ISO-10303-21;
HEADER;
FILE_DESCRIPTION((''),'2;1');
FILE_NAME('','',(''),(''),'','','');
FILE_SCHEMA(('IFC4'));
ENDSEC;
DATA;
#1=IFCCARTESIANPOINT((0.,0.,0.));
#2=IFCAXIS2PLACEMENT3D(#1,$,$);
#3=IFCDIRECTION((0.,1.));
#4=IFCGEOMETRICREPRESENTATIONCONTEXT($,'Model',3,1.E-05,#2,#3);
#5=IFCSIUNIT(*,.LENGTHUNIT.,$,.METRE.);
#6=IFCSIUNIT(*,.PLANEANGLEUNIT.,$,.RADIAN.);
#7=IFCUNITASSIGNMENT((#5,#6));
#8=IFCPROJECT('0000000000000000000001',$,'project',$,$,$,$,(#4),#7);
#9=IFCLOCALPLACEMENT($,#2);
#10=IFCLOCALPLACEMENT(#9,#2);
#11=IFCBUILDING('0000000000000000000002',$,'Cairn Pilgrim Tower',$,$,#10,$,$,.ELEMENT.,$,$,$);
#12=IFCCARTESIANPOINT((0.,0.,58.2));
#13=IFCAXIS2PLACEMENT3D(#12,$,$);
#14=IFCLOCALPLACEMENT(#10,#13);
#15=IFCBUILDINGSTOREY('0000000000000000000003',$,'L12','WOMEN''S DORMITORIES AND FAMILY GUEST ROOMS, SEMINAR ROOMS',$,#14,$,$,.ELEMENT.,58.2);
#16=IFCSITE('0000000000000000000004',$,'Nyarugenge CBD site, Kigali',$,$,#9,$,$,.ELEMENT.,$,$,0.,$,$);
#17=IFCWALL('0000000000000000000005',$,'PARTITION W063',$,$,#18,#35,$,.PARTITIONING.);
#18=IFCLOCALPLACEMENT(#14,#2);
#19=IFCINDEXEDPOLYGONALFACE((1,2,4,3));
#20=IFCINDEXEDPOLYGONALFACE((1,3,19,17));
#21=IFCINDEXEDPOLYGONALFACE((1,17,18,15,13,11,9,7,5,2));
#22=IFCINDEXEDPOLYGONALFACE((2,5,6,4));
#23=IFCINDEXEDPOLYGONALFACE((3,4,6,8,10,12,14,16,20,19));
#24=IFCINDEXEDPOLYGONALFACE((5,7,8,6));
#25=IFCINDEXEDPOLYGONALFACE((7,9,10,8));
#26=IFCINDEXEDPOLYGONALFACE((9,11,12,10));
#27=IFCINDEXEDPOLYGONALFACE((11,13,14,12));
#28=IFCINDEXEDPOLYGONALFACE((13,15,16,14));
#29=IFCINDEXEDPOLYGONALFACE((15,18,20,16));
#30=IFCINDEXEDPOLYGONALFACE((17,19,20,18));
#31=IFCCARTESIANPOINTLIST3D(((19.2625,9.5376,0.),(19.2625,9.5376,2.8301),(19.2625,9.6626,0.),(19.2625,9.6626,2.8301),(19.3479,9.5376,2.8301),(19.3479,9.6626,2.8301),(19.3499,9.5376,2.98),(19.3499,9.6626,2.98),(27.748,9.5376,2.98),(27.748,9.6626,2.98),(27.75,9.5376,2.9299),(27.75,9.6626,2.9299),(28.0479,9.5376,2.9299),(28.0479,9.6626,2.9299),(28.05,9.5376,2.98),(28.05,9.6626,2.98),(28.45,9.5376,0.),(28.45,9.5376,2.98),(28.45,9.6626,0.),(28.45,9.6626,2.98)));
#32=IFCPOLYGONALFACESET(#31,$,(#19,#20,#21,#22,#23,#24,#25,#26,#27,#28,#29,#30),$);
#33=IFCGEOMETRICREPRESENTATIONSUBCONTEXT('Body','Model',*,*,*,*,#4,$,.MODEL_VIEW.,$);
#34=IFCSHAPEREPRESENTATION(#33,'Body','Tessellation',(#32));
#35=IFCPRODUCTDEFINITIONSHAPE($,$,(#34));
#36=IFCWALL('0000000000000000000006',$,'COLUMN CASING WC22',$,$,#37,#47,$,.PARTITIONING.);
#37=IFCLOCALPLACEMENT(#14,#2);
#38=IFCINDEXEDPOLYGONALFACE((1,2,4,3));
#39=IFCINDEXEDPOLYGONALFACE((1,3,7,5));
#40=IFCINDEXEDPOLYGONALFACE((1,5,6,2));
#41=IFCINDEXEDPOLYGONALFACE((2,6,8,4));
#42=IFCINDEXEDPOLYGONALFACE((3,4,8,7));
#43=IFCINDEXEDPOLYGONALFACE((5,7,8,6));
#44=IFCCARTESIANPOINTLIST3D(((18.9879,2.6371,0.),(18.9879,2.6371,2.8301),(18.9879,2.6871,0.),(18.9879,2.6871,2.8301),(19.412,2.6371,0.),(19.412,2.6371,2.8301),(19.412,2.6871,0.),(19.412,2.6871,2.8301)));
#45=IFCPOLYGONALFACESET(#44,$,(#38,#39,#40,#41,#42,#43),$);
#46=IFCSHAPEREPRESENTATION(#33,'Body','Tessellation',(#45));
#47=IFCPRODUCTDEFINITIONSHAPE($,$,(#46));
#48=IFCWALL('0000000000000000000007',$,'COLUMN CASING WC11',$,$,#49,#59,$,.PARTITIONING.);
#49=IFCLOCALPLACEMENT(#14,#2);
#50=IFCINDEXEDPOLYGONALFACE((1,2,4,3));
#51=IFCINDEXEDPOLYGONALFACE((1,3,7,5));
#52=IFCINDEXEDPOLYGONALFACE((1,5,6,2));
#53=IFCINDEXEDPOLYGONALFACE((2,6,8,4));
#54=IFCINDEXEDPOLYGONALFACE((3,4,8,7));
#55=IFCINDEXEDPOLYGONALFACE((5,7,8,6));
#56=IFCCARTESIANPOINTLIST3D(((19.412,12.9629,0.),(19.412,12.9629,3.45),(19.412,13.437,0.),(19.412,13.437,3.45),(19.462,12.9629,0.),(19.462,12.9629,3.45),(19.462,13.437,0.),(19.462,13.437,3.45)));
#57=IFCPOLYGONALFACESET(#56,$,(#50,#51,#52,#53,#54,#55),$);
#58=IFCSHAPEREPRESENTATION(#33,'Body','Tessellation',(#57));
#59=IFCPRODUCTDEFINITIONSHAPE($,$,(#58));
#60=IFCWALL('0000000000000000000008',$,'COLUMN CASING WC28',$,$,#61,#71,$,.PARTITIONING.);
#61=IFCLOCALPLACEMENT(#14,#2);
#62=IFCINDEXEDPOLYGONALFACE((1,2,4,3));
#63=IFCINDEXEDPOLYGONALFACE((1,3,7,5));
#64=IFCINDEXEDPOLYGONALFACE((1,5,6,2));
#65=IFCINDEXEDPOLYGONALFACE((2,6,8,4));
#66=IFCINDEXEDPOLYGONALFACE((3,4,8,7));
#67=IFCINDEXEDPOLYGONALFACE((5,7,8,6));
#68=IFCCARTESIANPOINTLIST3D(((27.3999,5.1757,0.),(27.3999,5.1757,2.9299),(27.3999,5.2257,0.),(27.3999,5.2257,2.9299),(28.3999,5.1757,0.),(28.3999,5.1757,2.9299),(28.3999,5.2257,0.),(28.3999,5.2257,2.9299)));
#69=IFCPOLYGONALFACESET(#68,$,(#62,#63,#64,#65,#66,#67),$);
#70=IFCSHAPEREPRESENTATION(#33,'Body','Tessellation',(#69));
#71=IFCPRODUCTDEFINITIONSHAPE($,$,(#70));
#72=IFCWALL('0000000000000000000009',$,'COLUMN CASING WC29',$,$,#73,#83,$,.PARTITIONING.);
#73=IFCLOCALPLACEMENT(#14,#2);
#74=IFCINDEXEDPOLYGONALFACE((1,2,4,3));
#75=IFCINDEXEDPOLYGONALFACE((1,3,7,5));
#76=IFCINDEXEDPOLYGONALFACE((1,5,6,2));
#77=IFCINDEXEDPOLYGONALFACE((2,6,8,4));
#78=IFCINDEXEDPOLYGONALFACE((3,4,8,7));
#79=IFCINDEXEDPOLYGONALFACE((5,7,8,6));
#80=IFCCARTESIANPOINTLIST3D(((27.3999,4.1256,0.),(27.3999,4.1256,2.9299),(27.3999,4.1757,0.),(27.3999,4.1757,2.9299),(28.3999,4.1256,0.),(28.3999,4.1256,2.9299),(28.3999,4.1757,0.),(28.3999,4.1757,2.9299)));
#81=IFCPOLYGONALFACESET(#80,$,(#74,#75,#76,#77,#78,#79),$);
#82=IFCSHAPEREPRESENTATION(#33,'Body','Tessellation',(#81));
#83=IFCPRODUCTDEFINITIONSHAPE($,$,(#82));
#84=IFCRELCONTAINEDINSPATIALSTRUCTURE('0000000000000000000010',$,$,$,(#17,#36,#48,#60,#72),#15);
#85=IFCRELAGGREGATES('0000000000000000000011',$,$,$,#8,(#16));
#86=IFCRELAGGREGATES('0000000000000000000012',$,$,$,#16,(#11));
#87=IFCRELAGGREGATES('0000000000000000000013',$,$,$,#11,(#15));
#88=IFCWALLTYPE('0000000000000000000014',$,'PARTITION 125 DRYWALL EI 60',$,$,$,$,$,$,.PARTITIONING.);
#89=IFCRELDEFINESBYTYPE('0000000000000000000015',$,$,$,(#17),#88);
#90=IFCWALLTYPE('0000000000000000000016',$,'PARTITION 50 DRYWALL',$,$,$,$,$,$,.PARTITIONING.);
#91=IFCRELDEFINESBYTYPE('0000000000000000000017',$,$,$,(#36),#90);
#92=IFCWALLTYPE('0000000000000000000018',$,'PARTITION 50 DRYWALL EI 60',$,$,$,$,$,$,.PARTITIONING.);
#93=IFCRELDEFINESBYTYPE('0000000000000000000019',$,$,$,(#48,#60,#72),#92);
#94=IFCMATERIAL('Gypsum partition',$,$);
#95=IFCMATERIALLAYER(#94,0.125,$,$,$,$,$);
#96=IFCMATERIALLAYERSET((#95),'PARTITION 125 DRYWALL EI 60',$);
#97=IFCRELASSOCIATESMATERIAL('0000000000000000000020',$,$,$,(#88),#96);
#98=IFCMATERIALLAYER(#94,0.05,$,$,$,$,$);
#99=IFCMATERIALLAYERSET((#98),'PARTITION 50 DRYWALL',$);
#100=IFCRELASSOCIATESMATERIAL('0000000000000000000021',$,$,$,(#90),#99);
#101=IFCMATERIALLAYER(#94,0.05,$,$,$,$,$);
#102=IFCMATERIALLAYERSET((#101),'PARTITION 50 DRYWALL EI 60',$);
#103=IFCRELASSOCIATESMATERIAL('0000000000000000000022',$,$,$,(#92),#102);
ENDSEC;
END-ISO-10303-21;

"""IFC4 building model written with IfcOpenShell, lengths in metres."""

from ifc_helpers import new_model, si_unit, direction, frame, frame_2d, origin, place, context, subcontext, project, spatial, polyline, rectangle, outline, extrude, material, layer, layer_set, type_object, element, save


model = new_model("IFC4")

# Units and contexts
model_context = context("Model", 3, precision=1e-05, world=origin(), true_north=direction((0.0, 1.0)))
body_context = subcontext(model_context, "Body", "Model", "MODEL_VIEW")
ifc_project = project(units=[si_unit("LENGTHUNIT", "METRE"), si_unit("PLANEANGLEUNIT", "RADIAN")], contexts=[model_context])

# Site, building, storey
site_placement = place(None, origin())
site = spatial("IfcSite", under=ifc_project, at=site_placement, Name="Nyarugenge CBD site, Kigali", CompositionType="ELEMENT", RefElevation=0.0)
building_placement = place(site_placement, origin())
building = spatial("IfcBuilding", under=site, at=building_placement, Name="Cairn Pilgrim Tower", CompositionType="ELEMENT")
storey_placement = place(building_placement, frame((0.0, 0.0, 58.2)))
storey = spatial("IfcBuildingStorey", under=building, at=storey_placement, Name="L12", Description="WOMEN'S DORMITORIES AND FAMILY GUEST ROOMS, SEMINAR ROOMS", CompositionType="ELEMENT", Elevation=58.2)

# Shared definitions
ifc_material_1 = material(Name="Gypsum partition")

# Shared definitions
ifc_layer_1 = layer(ifc_material_1, 0.125)
ifc_layer_set_1 = layer_set([ifc_layer_1], Name="PARTITION 125 DRYWALL EI 60")
wall_type_1 = type_object("IfcWallType", Name="PARTITION 125 DRYWALL EI 60", PredefinedType="PARTITIONING", material=ifc_layer_set_1)

# Walls
wall_1_placement = place(storey_placement, frame((19.2625, 9.6001, 0.0), z_axis=(0.0, 0.0, 1.0), x_axis=(1.0, 0.0, 0.0)))
element("IfcWall", 1, at=wall_1_placement, inside=storey, type_object=wall_type_1, Name="PARTITION W063", PredefinedType="PARTITIONING", context=body_context, shape_type="SweptSolid", body=[
    extrude(outline(polyline([(0.0, 0.0), (9.1875, 0.0), (9.1875, 2.98), (8.7876, 2.98), (8.7854, 2.9299), (8.4875, 2.9299), (8.4856, 2.98), (0.0874, 2.98), (0.0854, 2.8301), (0.0, 2.8301), (0.0, 0.0)])), frame((0.0, 0.0625, 0.0), z_axis=(0.0, -1.0, 0.0), x_axis=(1.0, 0.0, 0.0)), (0.0, 0.0, 1.0), 0.125),
])
ifc_layer_2 = layer(ifc_material_1, 0.05)
ifc_layer_set_2 = layer_set([ifc_layer_2], Name="PARTITION 50 DRYWALL")
wall_type_2 = type_object("IfcWallType", Name="PARTITION 50 DRYWALL", PredefinedType="PARTITIONING", material=ifc_layer_set_2)
wall_2_placement = place(storey_placement, frame((18.988, 2.6621, 0.0), z_axis=(0.0, 0.0, 1.0), x_axis=(1.0, 0.0, 0.0)))
element("IfcWall", 2, at=wall_2_placement, inside=storey, type_object=wall_type_2, Name="COLUMN CASING WC22", PredefinedType="PARTITIONING", context=body_context, shape_type="SweptSolid", body=[
    extrude(rectangle(XDim=0.4241, YDim=0.05, at=frame_2d((0.2119, 0.0))), origin(), (0.0, 0.0, 1.0), 2.8301),
])
ifc_layer_3 = layer(ifc_material_1, 0.05)
ifc_layer_set_3 = layer_set([ifc_layer_3], Name="PARTITION 50 DRYWALL EI 60")
wall_type_3 = type_object("IfcWallType", Name="PARTITION 50 DRYWALL EI 60", PredefinedType="PARTITIONING", material=ifc_layer_set_3)
wall_3_placement = place(storey_placement, frame((19.437, 12.9629, 0.0), z_axis=(0.0, 0.0, 1.0), x_axis=(0.0, 1.0, 0.0)))
element("IfcWall", 3, at=wall_3_placement, inside=storey, type_object=wall_type_3, Name="COLUMN CASING WC11", PredefinedType="PARTITIONING", context=body_context, shape_type="SweptSolid", body=[
    extrude(rectangle(XDim=0.4741, YDim=0.05, at=frame_2d((0.2371, 0.0))), origin(), (0.0, 0.0, 1.0), 3.45),
])
for number, where, z_axis, x_axis, name in (
    (4, (27.3999, 5.2007, 0.0), (0.0, 0.0, 1.0), (1.0, 0.0, 0.0), "COLUMN CASING WC28"),
    (5, (27.3999, 4.1506, 0.0), (0.0, 0.0, 1.0), (1.0, 0.0, 0.0), "COLUMN CASING WC29"),
):
    element("IfcWall", number, at=place(storey_placement, frame(where, z_axis=z_axis, x_axis=x_axis)), inside=storey, type_object=wall_type_3, Name=name, PredefinedType="PARTITIONING", context=body_context, shape_type="SweptSolid", body=[
        extrude(rectangle(XDim=1.0, YDim=0.05, at=frame_2d((0.5, 0.0))), origin(), (0.0, 0.0, 1.0), 2.9299),
    ])

save(model, "model.ifc")
